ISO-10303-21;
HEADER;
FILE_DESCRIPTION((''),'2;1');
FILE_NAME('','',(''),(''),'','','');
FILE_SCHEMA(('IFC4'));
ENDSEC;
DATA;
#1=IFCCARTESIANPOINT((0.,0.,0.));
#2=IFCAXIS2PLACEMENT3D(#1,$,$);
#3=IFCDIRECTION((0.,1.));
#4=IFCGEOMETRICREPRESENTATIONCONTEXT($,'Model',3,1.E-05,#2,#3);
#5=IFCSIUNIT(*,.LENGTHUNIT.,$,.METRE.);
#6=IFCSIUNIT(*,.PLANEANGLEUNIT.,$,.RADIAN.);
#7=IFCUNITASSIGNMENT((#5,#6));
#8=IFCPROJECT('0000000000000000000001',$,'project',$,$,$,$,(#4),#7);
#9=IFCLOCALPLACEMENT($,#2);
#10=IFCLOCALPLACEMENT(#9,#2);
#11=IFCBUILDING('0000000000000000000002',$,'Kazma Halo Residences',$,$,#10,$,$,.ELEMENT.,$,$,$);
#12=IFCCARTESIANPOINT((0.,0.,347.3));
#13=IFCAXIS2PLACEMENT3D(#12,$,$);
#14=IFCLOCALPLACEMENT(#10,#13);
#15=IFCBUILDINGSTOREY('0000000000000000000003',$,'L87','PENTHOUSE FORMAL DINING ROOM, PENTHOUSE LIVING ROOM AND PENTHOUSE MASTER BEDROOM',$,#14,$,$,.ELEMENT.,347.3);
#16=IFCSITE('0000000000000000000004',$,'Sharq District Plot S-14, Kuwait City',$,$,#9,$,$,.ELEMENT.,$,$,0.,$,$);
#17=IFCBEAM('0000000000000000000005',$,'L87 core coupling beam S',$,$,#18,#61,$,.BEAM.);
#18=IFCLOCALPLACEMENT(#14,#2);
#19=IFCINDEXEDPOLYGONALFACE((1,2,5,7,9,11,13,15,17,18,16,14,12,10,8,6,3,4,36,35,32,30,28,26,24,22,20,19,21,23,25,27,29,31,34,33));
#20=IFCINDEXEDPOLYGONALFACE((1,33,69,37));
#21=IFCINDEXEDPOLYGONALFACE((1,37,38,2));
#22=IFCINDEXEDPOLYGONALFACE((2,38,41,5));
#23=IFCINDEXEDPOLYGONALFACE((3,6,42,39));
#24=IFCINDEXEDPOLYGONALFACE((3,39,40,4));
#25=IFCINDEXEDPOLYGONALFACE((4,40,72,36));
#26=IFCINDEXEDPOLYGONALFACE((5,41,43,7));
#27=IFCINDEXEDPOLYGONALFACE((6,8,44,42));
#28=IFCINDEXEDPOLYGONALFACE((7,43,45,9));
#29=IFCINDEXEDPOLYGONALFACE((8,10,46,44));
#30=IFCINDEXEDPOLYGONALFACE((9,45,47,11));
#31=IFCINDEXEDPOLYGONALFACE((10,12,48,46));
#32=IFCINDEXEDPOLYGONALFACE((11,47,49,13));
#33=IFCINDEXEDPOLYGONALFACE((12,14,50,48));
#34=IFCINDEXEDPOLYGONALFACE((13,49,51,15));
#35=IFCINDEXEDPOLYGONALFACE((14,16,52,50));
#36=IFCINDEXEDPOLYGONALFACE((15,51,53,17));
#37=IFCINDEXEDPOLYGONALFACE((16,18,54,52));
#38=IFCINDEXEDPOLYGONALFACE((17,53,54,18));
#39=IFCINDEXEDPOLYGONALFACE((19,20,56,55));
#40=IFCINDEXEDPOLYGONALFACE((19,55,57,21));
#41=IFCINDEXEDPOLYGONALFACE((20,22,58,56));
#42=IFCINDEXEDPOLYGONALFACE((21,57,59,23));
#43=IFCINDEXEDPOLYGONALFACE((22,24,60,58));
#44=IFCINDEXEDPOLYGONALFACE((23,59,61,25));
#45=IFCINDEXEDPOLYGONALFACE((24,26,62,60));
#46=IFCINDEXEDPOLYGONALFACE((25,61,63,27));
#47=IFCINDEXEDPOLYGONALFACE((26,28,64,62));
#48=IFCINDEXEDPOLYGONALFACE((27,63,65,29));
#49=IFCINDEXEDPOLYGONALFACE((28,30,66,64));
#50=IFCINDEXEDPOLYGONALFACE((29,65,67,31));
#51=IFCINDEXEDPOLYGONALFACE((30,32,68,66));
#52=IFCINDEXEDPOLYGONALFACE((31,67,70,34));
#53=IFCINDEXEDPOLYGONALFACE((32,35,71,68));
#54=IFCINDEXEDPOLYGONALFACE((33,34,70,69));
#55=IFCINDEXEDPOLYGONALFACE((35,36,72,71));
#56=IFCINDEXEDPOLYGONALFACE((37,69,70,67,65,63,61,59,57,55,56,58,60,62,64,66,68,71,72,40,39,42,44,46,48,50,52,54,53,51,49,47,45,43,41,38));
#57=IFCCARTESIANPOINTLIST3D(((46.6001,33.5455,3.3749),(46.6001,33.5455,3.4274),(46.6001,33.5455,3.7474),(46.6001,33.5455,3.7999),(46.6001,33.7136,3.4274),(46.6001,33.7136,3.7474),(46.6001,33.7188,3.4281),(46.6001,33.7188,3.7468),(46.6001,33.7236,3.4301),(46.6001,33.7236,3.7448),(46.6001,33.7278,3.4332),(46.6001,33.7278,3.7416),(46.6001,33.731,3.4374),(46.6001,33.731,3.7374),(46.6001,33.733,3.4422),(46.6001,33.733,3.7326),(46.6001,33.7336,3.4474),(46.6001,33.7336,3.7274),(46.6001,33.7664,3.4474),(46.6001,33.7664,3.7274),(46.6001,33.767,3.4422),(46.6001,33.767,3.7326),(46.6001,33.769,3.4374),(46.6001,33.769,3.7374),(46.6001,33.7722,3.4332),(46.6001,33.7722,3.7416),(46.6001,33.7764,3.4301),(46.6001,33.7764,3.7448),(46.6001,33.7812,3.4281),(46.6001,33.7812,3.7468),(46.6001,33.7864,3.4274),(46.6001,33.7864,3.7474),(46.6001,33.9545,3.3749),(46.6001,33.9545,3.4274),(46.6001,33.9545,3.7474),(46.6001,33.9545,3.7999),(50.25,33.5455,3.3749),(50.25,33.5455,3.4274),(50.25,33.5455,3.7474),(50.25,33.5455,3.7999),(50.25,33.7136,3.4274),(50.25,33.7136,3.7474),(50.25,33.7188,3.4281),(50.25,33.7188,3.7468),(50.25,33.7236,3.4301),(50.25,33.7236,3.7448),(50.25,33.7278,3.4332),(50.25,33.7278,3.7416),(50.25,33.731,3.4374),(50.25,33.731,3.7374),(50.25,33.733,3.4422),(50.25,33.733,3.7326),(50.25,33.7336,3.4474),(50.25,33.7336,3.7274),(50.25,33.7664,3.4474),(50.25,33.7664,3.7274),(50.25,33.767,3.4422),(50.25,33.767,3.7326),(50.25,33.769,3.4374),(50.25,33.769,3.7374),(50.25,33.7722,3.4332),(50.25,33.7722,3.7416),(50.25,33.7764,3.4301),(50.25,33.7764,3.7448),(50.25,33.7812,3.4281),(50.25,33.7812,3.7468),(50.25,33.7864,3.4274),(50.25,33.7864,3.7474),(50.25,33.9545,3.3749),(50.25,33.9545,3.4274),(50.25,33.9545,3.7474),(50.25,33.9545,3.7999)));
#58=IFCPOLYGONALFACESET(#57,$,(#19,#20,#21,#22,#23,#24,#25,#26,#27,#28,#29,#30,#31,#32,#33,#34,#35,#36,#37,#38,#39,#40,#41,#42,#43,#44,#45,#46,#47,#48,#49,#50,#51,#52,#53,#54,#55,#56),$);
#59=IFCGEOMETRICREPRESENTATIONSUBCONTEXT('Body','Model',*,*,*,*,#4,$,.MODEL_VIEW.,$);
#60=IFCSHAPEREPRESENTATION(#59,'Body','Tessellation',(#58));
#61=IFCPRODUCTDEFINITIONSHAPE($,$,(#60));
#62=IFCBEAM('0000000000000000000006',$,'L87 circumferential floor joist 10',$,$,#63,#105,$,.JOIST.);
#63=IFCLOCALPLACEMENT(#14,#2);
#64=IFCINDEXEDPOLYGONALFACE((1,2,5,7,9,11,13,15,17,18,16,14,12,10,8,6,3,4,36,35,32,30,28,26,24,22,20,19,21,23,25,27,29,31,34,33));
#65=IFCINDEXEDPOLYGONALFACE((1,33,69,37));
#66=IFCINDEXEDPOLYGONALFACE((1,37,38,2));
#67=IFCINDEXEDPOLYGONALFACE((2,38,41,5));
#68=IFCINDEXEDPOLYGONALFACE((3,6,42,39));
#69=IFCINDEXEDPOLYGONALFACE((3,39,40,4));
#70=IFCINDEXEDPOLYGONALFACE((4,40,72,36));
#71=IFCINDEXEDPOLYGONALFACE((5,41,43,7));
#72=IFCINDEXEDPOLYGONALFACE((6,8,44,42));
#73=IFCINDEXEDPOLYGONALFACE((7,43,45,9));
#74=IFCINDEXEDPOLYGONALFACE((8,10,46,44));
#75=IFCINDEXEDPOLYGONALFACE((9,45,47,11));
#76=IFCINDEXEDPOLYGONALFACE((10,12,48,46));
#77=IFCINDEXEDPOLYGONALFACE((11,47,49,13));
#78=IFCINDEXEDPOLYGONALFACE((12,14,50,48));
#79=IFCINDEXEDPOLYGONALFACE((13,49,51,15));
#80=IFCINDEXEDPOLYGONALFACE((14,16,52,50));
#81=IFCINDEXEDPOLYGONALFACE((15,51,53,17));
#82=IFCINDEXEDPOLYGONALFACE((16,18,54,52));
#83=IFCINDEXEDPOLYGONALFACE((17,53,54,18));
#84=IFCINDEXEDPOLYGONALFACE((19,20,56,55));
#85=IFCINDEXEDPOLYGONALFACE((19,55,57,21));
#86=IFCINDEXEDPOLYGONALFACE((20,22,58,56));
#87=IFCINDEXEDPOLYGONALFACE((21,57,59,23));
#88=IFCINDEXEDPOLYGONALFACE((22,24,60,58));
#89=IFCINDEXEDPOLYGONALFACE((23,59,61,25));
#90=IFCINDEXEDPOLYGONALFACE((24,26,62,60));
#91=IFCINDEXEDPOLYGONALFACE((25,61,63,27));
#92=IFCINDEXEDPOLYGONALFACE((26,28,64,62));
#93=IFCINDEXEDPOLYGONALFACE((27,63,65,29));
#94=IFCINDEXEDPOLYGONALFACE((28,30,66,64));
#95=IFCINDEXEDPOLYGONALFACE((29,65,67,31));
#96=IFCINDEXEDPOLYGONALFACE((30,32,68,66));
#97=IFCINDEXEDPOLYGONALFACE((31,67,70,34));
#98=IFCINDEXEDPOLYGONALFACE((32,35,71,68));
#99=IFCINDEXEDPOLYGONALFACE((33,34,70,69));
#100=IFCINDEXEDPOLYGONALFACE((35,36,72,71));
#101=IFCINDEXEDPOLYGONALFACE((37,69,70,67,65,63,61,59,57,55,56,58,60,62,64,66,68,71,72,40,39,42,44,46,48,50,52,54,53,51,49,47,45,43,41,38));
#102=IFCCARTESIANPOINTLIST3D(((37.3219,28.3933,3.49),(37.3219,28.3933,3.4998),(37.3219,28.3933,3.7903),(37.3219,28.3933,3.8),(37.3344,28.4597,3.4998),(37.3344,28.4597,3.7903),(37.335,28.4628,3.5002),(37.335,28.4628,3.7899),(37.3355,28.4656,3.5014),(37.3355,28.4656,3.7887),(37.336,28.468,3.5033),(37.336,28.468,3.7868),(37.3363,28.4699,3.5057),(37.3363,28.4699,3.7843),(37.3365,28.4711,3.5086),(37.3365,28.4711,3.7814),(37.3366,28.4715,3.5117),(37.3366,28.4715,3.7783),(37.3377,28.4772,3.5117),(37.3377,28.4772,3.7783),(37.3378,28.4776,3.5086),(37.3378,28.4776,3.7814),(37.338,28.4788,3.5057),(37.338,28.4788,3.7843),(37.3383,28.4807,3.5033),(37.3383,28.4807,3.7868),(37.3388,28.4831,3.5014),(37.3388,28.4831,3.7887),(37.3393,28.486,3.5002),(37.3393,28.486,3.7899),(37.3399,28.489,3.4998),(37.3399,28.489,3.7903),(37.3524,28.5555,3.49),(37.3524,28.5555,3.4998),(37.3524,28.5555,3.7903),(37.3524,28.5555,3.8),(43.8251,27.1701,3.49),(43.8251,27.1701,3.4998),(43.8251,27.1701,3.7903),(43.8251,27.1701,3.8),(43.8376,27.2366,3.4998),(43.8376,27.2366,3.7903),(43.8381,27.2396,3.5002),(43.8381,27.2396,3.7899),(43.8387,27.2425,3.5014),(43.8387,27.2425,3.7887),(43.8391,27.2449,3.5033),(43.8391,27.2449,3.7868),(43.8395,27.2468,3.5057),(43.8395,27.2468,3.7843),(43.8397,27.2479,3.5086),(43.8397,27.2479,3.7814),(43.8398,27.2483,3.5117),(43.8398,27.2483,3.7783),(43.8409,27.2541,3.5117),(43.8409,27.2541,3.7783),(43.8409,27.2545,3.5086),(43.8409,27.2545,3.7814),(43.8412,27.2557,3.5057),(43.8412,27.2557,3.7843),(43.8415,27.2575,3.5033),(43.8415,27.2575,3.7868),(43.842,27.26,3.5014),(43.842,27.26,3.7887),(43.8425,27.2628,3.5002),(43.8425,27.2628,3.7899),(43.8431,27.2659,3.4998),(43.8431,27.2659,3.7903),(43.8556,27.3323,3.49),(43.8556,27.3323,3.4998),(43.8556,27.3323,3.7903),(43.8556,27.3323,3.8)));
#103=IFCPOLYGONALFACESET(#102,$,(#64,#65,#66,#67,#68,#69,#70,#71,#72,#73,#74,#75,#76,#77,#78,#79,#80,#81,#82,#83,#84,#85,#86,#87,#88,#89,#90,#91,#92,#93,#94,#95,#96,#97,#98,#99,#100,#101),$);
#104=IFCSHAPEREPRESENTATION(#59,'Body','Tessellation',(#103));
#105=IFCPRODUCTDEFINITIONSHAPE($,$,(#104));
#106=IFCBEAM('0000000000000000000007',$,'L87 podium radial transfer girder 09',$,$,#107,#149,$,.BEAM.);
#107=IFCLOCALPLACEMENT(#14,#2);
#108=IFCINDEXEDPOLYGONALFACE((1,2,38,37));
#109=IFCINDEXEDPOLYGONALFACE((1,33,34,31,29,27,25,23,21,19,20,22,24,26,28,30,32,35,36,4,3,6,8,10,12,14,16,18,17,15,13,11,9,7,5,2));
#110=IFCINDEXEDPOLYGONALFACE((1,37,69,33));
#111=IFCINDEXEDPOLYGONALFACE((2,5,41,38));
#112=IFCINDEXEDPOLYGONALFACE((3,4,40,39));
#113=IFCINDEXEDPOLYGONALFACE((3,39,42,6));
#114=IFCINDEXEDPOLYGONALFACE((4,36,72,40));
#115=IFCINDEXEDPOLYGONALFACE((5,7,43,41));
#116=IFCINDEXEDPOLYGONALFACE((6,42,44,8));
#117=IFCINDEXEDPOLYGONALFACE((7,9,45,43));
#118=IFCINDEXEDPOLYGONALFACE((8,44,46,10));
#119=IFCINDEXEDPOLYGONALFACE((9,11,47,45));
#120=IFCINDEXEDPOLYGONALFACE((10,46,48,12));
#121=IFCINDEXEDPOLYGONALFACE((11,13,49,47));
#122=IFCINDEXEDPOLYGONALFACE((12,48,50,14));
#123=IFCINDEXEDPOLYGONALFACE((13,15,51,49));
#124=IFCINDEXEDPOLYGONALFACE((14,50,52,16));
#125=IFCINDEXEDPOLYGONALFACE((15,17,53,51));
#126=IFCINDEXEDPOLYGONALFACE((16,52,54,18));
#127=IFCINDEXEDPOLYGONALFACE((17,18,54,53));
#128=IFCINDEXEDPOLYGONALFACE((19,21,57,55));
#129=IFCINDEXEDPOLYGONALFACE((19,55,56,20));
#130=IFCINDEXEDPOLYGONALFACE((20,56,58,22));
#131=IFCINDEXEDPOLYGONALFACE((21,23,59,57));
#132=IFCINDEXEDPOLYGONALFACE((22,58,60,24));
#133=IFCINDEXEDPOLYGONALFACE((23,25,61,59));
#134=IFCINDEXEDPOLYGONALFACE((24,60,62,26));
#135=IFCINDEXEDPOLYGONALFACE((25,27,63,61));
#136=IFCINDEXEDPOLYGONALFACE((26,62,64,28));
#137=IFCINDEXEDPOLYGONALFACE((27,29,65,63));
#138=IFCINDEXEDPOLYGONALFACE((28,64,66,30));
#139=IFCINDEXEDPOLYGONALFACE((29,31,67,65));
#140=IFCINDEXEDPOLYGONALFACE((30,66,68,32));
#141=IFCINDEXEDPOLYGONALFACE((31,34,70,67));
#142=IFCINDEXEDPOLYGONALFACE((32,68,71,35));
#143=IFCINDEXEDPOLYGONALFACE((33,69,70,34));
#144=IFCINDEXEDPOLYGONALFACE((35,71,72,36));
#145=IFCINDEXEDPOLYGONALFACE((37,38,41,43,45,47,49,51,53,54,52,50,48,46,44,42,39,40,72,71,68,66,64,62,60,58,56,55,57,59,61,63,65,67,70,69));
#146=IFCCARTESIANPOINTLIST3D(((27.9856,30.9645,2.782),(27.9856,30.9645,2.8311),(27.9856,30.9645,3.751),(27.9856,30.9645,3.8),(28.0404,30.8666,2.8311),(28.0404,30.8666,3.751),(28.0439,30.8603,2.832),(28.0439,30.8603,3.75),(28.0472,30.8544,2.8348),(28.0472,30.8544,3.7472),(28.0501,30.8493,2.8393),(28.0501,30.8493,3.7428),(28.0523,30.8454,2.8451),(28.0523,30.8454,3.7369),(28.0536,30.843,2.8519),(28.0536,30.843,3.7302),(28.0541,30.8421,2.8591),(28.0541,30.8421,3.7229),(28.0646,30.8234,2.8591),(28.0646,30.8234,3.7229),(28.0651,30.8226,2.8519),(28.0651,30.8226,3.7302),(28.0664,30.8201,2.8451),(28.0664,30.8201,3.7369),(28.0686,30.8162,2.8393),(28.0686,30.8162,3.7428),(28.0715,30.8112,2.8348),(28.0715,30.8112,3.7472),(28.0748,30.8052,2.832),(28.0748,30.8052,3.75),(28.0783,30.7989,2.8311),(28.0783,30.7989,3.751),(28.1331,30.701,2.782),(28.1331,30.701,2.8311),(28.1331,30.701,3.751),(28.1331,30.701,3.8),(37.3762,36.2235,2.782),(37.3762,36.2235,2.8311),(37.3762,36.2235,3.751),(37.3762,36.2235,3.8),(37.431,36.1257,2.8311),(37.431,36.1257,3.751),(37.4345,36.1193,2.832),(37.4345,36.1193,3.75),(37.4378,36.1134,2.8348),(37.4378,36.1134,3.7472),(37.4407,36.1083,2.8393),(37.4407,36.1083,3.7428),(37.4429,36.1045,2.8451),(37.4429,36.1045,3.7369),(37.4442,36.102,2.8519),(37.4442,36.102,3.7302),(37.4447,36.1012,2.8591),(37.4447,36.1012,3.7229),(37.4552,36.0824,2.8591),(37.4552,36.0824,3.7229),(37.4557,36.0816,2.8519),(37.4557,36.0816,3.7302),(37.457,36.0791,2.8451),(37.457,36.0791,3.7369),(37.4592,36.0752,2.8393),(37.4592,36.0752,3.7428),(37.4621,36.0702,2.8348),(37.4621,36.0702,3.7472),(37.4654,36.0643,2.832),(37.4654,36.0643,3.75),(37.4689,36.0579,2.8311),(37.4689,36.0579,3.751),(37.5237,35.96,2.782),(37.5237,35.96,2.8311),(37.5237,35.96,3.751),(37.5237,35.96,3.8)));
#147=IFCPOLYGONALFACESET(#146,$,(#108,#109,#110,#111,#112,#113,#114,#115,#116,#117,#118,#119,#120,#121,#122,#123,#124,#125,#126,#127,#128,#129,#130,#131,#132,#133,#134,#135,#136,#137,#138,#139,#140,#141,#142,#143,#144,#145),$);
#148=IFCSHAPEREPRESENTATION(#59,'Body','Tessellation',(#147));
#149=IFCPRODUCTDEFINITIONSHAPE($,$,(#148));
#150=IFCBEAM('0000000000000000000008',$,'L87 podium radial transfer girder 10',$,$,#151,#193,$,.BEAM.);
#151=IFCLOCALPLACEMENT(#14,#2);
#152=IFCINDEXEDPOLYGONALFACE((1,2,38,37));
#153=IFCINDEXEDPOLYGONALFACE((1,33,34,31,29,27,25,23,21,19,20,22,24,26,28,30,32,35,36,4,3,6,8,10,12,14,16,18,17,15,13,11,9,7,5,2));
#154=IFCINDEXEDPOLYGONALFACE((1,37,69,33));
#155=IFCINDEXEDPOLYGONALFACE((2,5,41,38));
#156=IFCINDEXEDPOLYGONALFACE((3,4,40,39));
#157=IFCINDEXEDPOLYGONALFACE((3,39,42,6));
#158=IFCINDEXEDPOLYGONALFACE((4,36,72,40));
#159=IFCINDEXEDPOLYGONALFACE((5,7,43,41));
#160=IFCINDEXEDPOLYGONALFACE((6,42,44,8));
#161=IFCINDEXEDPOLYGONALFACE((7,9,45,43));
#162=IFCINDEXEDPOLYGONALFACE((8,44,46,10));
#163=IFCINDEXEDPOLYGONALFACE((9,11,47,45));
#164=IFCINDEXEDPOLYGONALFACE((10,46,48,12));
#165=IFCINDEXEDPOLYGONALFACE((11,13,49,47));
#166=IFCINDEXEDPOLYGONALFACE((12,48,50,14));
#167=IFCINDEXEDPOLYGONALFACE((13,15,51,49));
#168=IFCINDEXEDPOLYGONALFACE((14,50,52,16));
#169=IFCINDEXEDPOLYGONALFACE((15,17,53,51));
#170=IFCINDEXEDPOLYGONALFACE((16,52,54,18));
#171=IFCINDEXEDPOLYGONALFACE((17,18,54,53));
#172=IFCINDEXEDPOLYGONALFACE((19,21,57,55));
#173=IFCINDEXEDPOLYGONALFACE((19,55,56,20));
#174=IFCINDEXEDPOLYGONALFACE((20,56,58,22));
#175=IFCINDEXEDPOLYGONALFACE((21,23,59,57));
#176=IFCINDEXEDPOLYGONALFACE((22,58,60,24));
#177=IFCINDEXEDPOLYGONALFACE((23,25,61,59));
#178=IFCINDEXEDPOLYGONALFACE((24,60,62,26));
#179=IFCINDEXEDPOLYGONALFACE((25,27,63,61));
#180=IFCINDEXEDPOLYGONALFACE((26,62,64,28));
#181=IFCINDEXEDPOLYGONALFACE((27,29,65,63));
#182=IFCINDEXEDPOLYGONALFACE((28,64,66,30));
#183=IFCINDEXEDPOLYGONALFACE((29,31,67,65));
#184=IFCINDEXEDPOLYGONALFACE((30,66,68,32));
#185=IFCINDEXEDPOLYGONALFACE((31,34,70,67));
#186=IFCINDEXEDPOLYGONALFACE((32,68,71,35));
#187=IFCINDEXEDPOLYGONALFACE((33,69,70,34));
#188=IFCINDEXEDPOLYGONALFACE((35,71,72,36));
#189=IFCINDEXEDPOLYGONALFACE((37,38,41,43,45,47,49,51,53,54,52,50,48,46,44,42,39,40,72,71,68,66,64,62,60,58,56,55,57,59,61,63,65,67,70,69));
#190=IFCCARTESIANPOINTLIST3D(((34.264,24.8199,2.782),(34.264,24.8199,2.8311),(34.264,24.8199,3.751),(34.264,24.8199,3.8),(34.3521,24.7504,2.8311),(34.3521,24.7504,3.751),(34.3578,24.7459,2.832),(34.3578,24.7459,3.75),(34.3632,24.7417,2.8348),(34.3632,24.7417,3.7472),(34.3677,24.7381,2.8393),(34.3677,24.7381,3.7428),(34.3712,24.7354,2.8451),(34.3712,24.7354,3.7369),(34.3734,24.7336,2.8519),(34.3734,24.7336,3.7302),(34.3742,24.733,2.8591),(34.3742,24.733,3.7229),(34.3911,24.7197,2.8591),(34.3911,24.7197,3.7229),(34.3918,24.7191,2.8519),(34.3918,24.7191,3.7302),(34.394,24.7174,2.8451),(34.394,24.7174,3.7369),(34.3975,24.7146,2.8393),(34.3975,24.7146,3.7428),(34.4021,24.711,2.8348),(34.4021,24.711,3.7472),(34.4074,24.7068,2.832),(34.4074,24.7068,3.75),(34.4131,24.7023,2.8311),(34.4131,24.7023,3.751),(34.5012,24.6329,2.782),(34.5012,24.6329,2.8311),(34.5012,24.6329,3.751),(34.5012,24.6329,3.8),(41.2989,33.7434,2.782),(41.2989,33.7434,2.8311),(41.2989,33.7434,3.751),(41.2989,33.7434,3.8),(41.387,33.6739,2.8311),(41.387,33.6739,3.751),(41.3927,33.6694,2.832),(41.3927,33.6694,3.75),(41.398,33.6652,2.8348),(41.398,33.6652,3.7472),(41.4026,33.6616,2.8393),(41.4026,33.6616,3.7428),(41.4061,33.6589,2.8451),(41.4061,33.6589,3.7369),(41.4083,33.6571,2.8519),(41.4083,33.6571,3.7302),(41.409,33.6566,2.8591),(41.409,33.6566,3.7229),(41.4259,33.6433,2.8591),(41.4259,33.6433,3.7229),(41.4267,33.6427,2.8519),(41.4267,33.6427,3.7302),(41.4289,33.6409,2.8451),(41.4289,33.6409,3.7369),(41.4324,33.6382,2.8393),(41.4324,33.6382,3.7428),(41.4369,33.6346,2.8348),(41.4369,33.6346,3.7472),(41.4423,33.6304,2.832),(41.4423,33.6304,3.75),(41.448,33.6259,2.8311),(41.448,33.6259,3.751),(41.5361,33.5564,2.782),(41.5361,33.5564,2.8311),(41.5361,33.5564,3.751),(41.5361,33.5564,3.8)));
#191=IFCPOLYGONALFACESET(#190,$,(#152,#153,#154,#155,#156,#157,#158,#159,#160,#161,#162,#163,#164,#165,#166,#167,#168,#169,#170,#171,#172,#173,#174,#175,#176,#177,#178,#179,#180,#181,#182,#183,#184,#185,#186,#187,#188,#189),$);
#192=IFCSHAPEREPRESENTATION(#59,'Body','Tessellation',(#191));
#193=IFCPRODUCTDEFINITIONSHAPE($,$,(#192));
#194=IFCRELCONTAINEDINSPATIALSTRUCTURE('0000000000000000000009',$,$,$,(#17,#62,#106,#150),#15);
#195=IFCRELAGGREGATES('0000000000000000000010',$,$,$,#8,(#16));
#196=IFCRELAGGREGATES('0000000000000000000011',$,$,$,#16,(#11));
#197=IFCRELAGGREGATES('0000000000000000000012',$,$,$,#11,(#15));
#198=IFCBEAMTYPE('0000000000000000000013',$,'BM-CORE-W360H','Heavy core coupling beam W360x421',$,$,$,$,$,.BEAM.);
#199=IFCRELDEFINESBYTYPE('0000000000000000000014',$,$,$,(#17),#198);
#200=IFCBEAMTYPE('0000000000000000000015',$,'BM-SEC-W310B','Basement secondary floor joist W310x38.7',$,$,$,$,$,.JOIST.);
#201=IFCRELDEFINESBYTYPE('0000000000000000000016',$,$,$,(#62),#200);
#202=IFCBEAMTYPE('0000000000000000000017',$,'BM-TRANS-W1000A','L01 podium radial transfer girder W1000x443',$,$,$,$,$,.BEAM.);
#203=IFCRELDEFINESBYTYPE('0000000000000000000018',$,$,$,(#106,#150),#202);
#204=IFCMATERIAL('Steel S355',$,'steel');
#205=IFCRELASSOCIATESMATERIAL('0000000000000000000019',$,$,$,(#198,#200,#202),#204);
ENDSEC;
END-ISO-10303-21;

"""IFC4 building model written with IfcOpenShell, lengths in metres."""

from ifc_helpers import new_model, si_unit, direction, frame, origin, origin_2d, place, context, subcontext, project, spatial, i_section, extrude, material, material_profile, profile_set, type_object, element, save


model = new_model("IFC4")

# Units and contexts
model_context = context("Model", 3, precision=1e-05, world=origin(), true_north=direction((0.0, 1.0)))
body_context = subcontext(model_context, "Body", "Model", "MODEL_VIEW")
ifc_project = project(units=[si_unit("LENGTHUNIT", "METRE"), si_unit("PLANEANGLEUNIT", "RADIAN")], contexts=[model_context])

# Site, building, storey
site_placement = place(None, origin())
site = spatial("IfcSite", under=ifc_project, at=site_placement, Name="Sharq District Plot S-14, Kuwait City", CompositionType="ELEMENT", RefElevation=0.0)
building_placement = place(site_placement, origin())
building = spatial("IfcBuilding", under=site, at=building_placement, Name="Kazma Halo Residences", CompositionType="ELEMENT")
storey_placement = place(building_placement, frame((0.0, 0.0, 347.3)))
storey = spatial("IfcBuildingStorey", under=building, at=storey_placement, Name="L87", Description="PENTHOUSE FORMAL DINING ROOM, PENTHOUSE LIVING ROOM AND PENTHOUSE MASTER BEDROOM", CompositionType="ELEMENT", Elevation=347.3)

# Beams
ifc_material_1 = material(Name="Steel S355", Category="steel")
ifc_material_profile_1 = material_profile(ifc_material_1, i_section(OverallWidth=0.4089, OverallDepth=0.425, WebThickness=0.0327, FlangeThickness=0.0525, FilletRadius=0.02, at=origin_2d()), Name="W360x421")
ifc_profile_set_1 = profile_set([ifc_material_profile_1], Name="Steel S355")
beam_type_1 = type_object("IfcBeamType", Name="BM-CORE-W360H", Description="Heavy core coupling beam W360x421", PredefinedType="BEAM", material=ifc_profile_set_1)
beam_1_placement = place(storey_placement, frame((46.6001, 33.75, 3.5874), z_axis=(1.0, 0.0, 0.0), x_axis=(0.0, 1.0, 0.0)))
element("IfcBeam", 1, at=beam_1_placement, inside=storey, type_object=beam_type_1, Name="L87 core coupling beam S", PredefinedType="BEAM", context=body_context, shape_type="SweptSolid", body=[
    extrude(i_section(OverallWidth=0.4089, OverallDepth=0.425, WebThickness=0.0327, FlangeThickness=0.0525, FilletRadius=0.02, at=origin_2d()), origin(), (0.0, 0.0, 1.0), 3.6499),
])
ifc_material_profile_2 = material_profile(ifc_material_1, i_section(OverallWidth=0.165, OverallDepth=0.3101, WebThickness=0.0059, FlangeThickness=0.0098, FilletRadius=0.012, at=origin_2d()), Name="W310x38.7")
ifc_profile_set_2 = profile_set([ifc_material_profile_2], Name="Steel S355")
beam_type_2 = type_object("IfcBeamType", Name="BM-SEC-W310B", Description="Basement secondary floor joist W310x38.7", PredefinedType="JOIST", material=ifc_profile_set_2)
beam_2_placement = place(storey_placement, frame((37.3372, 28.4744, 3.645), z_axis=(0.982768, -0.184843, 0.0), x_axis=(0.184843, 0.982768, 0.0)))
element("IfcBeam", 2, at=beam_2_placement, inside=storey, type_object=beam_type_2, Name="L87 circumferential floor joist 10", PredefinedType="JOIST", context=body_context, shape_type="SweptSolid", body=[
    extrude(i_section(OverallWidth=0.165, OverallDepth=0.3101, WebThickness=0.0059, FlangeThickness=0.0098, FilletRadius=0.012, at=origin_2d()), origin(), (0.0, 0.0, 1.0), 6.6172),
])
ifc_material_profile_3 = material_profile(ifc_material_1, i_section(OverallWidth=0.302, OverallDepth=1.0181, WebThickness=0.0215, FlangeThickness=0.0491, FilletRadius=0.0281, at=origin_2d()), Name="W1000x443")
ifc_profile_set_3 = profile_set([ifc_material_profile_3], Name="Steel S355")
beam_type_3 = type_object("IfcBeamType", Name="BM-TRANS-W1000A", Description="L01 podium radial transfer girder W1000x443", PredefinedType="BEAM", material=ifc_profile_set_3)
beam_3_placement = place(storey_placement, frame((37.45, 36.0918, 3.291), z_axis=(-0.872495, -0.488623, 0.0), x_axis=(0.488623, -0.872495, 0.0)))
element("IfcBeam", 3, at=beam_3_placement, inside=storey, type_object=beam_type_3, Name="L87 podium radial transfer girder 09", PredefinedType="BEAM", context=body_context, shape_type="SweptSolid", body=[
    extrude(i_section(OverallWidth=0.302, OverallDepth=1.0181, WebThickness=0.0215, FlangeThickness=0.0491, FilletRadius=0.0281, at=origin_2d()), origin(), (0.0, 0.0, 1.0), 10.7629),
])
beam_4_placement = place(storey_placement, frame((41.4175, 33.6499, 3.291), z_axis=(-0.619101, -0.785312, 0.0), x_axis=(0.785312, -0.619101, 0.0)))
element("IfcBeam", 4, at=beam_4_placement, inside=storey, type_object=beam_type_3, Name="L87 podium radial transfer girder 10", PredefinedType="BEAM", context=body_context, shape_type="SweptSolid", body=[
    extrude(i_section(OverallWidth=0.302, OverallDepth=1.0181, WebThickness=0.0215, FlangeThickness=0.0491, FilletRadius=0.0281, at=origin_2d()), origin(), (0.0, 0.0, 1.0), 11.363),
])

save(model, "model.ifc")
